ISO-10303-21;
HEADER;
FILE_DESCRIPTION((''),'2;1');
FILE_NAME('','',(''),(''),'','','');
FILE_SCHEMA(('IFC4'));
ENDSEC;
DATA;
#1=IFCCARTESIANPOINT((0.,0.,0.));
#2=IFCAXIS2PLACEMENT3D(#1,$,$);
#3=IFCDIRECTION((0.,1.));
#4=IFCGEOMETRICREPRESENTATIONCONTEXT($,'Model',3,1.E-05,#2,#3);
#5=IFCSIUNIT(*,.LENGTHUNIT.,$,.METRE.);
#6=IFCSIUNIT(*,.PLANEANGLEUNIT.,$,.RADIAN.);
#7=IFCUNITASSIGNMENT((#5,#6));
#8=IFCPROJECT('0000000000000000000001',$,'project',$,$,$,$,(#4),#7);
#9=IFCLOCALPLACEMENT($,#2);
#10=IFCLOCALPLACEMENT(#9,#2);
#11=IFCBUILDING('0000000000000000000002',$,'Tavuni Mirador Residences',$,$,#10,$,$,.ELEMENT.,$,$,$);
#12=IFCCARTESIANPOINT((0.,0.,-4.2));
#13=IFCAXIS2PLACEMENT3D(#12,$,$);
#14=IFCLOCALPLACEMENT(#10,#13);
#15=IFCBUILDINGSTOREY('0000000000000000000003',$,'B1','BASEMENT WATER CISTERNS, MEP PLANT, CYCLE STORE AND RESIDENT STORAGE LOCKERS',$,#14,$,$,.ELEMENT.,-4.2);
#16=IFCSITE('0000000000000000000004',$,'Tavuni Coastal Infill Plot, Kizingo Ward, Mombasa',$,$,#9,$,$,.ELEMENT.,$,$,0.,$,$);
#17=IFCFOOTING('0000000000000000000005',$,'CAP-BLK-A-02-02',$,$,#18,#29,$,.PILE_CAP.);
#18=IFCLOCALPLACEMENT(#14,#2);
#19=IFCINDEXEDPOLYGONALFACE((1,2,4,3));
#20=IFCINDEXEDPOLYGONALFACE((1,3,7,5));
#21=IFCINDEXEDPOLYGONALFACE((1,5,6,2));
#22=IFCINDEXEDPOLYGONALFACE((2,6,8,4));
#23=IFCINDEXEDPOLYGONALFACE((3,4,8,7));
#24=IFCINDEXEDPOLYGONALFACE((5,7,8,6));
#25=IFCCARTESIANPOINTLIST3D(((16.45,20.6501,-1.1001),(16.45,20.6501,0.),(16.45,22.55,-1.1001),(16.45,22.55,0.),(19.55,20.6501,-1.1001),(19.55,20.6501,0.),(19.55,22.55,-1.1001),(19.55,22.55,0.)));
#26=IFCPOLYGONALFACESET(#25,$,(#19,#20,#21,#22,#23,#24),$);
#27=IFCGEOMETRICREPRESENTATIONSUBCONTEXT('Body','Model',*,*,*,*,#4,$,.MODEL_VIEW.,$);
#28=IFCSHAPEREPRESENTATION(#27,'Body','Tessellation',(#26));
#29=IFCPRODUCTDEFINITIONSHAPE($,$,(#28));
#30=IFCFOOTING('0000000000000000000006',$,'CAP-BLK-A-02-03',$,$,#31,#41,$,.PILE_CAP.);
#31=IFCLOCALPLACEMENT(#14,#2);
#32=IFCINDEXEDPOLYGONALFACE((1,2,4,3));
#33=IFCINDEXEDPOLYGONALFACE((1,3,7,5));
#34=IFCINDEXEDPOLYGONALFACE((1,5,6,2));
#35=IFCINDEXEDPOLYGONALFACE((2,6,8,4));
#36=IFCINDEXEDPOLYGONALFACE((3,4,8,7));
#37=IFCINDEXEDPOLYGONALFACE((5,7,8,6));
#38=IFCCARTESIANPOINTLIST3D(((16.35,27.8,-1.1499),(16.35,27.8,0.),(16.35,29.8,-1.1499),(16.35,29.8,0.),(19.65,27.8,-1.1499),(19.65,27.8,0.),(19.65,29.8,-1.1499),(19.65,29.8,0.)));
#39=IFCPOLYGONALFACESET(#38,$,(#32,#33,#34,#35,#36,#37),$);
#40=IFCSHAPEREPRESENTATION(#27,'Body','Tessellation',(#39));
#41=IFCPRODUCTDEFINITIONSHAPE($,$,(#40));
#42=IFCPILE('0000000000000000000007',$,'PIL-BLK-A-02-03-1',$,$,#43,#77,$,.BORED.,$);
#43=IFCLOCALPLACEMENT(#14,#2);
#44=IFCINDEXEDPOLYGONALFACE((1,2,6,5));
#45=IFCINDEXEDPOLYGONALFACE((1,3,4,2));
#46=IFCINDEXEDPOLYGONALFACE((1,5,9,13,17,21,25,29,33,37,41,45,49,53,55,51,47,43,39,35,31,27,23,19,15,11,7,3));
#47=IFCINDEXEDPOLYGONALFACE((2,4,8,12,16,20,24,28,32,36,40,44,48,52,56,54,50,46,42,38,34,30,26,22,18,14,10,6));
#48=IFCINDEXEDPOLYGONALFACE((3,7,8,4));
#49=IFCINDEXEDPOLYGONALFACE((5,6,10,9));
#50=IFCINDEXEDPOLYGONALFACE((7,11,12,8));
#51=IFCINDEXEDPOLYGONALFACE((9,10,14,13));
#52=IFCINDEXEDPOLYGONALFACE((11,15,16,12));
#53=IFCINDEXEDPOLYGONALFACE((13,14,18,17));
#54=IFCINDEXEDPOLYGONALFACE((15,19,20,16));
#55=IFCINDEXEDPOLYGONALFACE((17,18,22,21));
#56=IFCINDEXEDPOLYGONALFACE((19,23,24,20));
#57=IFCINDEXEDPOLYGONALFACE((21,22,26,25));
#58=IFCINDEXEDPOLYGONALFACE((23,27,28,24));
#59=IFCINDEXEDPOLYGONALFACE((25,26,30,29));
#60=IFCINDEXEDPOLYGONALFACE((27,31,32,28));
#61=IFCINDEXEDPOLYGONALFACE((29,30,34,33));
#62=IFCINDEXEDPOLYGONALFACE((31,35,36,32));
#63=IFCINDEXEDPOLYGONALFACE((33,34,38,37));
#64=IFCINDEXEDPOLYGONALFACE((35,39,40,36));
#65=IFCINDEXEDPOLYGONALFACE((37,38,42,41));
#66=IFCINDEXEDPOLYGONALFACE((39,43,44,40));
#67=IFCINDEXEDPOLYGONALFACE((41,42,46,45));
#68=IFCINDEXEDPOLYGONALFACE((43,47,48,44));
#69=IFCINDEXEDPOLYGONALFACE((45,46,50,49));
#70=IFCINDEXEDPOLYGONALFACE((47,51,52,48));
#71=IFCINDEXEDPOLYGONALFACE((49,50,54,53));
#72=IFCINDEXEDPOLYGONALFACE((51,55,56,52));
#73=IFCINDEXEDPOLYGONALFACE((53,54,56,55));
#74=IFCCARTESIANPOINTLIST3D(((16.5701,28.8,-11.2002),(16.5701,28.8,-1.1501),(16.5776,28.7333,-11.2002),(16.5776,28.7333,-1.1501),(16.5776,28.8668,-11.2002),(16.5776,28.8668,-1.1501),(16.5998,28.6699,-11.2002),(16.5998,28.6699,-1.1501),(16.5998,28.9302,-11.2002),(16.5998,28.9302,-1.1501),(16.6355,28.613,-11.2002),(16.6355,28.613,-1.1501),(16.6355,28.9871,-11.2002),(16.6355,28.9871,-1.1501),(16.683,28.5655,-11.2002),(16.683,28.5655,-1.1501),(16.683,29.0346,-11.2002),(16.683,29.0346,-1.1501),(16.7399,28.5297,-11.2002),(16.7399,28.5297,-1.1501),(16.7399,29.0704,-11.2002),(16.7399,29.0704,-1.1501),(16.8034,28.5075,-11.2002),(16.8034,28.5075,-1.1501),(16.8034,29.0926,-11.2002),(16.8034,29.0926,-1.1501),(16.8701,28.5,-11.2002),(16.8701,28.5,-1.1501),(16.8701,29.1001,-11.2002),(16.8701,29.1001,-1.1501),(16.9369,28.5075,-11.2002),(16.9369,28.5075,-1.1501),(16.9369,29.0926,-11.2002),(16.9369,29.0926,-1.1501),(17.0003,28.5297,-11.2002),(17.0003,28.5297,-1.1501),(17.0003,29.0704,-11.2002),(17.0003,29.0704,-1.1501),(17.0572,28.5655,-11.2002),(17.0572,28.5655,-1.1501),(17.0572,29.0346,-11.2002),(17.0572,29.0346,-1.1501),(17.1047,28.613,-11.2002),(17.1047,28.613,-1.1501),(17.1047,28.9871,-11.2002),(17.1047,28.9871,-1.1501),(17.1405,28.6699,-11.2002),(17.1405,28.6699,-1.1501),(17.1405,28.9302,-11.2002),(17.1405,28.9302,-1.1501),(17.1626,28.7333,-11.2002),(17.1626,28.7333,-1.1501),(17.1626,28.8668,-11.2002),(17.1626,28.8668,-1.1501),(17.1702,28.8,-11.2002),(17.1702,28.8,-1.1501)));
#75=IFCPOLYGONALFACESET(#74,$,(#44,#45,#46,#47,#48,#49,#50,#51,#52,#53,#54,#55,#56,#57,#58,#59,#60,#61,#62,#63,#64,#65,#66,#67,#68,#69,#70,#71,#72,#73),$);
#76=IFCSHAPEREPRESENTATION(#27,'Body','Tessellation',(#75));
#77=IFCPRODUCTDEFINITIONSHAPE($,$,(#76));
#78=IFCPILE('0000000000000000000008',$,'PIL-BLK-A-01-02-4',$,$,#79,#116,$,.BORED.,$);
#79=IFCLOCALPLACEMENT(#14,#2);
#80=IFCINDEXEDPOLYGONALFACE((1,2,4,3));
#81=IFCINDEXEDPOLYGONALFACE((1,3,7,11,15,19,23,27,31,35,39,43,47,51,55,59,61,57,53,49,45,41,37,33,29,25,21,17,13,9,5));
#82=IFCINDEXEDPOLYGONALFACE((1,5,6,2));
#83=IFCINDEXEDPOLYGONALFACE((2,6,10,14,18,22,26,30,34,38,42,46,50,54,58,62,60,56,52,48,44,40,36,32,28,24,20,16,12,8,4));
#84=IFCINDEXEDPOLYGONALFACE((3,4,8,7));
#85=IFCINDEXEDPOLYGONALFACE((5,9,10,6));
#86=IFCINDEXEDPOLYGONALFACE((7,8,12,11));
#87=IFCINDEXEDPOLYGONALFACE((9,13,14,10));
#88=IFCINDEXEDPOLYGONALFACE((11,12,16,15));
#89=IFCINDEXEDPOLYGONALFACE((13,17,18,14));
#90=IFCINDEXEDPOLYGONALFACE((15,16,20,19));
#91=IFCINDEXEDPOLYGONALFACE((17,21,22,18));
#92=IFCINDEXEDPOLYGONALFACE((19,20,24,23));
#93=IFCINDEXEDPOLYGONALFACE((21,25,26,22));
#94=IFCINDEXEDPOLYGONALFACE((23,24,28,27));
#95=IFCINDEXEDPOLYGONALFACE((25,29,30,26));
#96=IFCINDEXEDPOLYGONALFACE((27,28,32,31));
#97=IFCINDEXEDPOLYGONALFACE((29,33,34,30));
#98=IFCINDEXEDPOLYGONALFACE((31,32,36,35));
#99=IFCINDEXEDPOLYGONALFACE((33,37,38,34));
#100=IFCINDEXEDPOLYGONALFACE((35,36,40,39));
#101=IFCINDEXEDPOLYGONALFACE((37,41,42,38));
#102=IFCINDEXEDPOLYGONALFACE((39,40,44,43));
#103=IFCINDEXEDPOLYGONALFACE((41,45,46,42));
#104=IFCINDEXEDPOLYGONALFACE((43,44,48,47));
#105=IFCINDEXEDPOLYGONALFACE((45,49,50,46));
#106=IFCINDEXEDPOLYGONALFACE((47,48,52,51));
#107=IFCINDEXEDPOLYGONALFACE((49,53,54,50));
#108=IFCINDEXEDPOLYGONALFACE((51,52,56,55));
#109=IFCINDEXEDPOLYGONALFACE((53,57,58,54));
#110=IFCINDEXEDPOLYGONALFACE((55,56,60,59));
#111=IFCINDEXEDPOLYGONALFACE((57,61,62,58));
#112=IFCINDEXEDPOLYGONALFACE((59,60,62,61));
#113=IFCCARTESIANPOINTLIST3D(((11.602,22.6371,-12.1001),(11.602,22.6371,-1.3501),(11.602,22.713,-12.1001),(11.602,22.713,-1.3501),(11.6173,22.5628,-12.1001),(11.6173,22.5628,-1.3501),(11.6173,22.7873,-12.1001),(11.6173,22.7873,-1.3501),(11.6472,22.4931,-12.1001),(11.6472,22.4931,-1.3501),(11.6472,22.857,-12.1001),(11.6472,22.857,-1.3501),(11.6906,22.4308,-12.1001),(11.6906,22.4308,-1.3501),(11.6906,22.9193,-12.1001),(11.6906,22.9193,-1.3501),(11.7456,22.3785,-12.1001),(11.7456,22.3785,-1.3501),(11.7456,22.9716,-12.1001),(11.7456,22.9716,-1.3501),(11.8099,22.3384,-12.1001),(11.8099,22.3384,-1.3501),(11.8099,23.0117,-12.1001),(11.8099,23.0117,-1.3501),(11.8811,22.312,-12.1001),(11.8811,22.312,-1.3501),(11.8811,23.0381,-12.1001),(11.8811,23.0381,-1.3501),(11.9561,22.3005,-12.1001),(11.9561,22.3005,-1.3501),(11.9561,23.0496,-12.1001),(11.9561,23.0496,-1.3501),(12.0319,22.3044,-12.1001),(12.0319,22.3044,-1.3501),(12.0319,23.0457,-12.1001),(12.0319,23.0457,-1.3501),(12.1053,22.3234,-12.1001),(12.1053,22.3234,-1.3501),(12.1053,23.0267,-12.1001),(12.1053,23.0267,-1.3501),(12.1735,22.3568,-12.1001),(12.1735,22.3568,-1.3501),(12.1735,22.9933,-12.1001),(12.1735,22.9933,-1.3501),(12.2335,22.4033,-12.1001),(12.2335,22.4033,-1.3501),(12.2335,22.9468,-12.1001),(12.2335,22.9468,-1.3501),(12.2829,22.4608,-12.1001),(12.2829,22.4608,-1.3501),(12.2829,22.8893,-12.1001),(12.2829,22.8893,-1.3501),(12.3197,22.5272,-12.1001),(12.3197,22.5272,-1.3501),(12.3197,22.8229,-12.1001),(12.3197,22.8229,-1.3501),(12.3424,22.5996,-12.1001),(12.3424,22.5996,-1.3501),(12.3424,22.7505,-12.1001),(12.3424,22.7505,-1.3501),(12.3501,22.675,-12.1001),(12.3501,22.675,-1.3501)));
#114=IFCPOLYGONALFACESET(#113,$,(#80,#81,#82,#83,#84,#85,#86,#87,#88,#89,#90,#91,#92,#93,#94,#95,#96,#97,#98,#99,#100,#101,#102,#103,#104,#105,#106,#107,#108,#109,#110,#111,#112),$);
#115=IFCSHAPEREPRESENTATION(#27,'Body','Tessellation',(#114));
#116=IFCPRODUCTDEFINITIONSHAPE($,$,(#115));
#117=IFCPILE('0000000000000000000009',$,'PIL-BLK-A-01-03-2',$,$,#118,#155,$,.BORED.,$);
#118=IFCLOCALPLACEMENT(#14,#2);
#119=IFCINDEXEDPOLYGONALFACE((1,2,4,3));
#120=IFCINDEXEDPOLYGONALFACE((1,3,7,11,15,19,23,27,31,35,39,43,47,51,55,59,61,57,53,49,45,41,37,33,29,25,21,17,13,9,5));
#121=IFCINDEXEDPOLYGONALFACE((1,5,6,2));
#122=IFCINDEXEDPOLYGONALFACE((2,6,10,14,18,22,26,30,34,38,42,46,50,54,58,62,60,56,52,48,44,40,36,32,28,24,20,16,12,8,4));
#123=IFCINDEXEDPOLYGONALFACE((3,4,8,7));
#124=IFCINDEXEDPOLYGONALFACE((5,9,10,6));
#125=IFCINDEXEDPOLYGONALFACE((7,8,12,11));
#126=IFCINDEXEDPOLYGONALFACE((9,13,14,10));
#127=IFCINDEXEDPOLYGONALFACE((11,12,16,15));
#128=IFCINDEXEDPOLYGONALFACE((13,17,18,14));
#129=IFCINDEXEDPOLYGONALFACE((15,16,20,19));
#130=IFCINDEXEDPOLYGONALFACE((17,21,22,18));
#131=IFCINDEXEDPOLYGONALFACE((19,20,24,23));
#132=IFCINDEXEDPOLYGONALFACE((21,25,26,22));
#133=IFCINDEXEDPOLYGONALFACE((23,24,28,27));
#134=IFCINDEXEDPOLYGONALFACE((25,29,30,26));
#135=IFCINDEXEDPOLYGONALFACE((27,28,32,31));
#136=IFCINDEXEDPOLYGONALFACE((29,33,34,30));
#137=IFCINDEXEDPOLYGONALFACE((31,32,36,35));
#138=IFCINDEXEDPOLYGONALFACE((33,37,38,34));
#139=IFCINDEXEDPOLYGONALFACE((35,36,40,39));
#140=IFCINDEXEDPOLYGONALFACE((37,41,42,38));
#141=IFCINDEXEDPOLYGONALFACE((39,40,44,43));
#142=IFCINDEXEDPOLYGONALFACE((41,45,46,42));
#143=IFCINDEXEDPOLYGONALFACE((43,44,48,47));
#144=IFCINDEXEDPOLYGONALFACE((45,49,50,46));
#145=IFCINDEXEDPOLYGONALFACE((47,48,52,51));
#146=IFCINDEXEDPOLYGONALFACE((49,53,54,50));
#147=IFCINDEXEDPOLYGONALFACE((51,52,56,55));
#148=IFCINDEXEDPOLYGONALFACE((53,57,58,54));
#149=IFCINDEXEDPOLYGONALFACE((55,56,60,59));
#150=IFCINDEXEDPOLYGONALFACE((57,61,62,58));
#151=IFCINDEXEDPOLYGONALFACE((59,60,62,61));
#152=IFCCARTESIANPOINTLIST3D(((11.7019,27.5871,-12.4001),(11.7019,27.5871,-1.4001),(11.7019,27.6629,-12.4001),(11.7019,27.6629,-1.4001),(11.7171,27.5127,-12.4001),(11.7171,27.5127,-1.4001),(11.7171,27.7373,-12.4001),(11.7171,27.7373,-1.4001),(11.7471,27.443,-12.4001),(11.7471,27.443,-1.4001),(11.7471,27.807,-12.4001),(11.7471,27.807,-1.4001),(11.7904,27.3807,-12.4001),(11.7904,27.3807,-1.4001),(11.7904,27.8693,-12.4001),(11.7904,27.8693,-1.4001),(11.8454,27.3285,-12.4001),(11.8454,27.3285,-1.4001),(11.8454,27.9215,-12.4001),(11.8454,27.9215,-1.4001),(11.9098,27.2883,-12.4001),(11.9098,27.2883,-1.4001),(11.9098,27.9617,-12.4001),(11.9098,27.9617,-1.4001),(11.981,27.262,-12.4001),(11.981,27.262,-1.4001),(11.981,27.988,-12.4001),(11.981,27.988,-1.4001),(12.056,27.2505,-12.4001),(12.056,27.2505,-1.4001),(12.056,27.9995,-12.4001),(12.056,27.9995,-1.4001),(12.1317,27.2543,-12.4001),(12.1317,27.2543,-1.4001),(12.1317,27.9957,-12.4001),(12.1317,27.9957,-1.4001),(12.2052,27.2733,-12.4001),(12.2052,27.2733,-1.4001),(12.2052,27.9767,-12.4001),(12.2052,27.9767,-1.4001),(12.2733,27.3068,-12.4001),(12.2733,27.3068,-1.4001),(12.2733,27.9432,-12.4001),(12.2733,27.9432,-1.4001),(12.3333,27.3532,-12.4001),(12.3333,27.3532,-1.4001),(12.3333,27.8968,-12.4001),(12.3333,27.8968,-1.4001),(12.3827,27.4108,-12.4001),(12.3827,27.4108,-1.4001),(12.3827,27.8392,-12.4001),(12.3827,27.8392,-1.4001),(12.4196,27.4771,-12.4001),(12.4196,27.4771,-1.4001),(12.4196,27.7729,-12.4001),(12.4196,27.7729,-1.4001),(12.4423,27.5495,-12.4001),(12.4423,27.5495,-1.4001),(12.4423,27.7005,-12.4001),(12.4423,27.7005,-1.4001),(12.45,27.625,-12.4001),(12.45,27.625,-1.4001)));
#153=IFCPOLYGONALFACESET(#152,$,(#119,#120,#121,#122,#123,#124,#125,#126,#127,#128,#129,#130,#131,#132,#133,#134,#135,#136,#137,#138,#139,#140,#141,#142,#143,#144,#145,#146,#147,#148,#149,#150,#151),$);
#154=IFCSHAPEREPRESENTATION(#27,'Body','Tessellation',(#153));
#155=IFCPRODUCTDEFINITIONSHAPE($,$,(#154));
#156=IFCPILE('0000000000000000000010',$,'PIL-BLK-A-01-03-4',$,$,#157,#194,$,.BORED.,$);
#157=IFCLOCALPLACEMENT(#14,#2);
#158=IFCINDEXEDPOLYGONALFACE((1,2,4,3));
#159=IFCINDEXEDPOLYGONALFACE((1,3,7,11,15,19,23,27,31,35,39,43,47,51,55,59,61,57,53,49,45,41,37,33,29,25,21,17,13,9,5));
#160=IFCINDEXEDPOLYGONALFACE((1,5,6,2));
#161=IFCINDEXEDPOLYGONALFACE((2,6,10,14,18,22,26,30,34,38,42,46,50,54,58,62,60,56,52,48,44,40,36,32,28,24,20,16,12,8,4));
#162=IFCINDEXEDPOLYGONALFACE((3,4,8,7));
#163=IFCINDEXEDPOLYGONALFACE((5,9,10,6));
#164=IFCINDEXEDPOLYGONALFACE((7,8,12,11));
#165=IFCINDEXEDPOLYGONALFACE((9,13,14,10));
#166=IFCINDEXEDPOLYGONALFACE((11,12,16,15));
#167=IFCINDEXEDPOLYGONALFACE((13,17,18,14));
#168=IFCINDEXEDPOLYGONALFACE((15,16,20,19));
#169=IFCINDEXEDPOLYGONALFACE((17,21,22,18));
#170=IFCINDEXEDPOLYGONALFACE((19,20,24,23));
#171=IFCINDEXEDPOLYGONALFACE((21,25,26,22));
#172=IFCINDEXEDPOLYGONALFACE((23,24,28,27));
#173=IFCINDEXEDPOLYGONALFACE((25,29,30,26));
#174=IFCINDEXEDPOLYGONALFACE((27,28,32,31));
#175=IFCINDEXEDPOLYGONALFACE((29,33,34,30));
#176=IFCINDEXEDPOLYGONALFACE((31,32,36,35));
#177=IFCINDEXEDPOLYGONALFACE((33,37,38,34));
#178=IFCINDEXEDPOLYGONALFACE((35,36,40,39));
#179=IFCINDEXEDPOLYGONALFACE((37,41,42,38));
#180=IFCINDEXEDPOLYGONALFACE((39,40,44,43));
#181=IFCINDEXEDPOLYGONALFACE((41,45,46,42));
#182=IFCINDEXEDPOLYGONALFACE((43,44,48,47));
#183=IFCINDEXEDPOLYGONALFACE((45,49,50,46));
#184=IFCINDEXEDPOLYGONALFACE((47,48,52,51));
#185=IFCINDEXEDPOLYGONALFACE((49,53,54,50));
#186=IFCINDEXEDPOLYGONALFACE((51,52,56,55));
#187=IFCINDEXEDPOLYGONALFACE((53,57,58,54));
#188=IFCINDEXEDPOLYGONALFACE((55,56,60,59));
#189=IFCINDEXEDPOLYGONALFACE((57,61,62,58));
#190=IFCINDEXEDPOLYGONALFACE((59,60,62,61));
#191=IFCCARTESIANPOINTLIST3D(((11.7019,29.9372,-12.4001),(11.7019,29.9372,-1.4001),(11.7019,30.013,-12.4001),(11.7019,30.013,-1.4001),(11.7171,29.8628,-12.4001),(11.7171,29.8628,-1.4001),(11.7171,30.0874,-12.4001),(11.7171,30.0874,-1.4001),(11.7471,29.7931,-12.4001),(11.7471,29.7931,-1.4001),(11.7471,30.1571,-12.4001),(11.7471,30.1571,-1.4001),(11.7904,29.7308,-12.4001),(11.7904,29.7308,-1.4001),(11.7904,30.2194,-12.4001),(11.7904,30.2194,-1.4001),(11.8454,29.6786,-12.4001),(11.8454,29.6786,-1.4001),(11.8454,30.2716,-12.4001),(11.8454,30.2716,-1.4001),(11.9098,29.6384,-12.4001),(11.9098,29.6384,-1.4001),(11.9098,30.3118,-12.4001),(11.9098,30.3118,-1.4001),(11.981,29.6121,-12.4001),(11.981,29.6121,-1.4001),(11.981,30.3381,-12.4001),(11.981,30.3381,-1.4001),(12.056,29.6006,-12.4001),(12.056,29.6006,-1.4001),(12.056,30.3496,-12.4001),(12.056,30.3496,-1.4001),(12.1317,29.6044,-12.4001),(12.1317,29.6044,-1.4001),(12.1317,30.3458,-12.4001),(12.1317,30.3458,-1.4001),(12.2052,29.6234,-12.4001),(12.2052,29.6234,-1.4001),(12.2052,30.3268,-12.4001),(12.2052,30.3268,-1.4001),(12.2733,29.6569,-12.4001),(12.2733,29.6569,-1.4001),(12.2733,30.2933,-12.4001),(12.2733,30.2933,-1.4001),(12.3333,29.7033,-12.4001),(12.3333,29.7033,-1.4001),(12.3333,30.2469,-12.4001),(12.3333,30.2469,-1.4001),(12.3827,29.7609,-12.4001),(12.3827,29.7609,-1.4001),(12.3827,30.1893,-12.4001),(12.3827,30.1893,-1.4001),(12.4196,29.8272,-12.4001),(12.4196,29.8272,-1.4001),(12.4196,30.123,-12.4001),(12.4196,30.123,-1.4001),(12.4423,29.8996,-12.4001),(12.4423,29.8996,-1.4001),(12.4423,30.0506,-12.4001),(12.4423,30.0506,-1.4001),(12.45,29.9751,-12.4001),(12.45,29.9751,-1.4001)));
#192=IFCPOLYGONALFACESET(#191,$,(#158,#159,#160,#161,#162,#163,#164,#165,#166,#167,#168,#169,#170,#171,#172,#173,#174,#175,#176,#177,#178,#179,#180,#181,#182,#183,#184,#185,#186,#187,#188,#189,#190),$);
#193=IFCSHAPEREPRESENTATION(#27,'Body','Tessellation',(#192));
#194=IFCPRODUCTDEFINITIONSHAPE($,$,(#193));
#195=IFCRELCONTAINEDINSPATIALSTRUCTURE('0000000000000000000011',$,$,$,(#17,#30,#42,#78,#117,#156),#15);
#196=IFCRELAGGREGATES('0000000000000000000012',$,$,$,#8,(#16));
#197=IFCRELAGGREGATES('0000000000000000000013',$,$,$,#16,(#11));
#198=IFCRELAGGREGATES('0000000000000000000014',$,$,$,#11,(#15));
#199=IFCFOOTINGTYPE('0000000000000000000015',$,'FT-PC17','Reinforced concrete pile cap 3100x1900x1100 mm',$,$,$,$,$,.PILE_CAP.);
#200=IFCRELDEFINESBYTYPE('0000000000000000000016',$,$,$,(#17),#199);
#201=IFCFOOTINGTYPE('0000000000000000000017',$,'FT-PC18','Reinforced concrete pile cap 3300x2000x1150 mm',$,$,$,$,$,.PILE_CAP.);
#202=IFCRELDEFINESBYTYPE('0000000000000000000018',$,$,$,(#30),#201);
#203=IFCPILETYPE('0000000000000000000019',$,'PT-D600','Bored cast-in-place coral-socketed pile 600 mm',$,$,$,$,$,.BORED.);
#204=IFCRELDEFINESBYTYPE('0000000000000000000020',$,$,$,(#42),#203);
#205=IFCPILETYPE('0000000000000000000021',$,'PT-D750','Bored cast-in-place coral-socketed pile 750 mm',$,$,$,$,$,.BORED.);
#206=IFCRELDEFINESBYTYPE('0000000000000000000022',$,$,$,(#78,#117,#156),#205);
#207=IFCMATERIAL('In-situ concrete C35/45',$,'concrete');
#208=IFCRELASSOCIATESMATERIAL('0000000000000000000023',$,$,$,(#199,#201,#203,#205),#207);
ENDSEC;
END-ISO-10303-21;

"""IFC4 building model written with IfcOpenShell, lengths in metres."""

from ifc_helpers import new_model, si_unit, direction, frame, origin, origin_2d, place, context, subcontext, project, spatial, rectangle, circle, extrude, material, material_profile, profile_set, type_object, element, save


model = new_model("IFC4")

# Units and contexts
model_context = context("Model", 3, precision=1e-05, world=origin(), true_north=direction((0.0, 1.0)))
body_context = subcontext(model_context, "Body", "Model", "MODEL_VIEW")
ifc_project = project(units=[si_unit("LENGTHUNIT", "METRE"), si_unit("PLANEANGLEUNIT", "RADIAN")], contexts=[model_context])

# Site, building, storey
site_placement = place(None, origin())
site = spatial("IfcSite", under=ifc_project, at=site_placement, Name="Tavuni Coastal Infill Plot, Kizingo Ward, Mombasa", CompositionType="ELEMENT", RefElevation=0.0)
building_placement = place(site_placement, origin())
building = spatial("IfcBuilding", under=site, at=building_placement, Name="Tavuni Mirador Residences", CompositionType="ELEMENT")
storey_placement = place(building_placement, frame((0.0, 0.0, -4.2)))
storey = spatial("IfcBuildingStorey", under=building, at=storey_placement, Name="B1", Description="BASEMENT WATER CISTERNS, MEP PLANT, CYCLE STORE AND RESIDENT STORAGE LOCKERS", CompositionType="ELEMENT", Elevation=-4.2)

# Footings
ifc_material_1 = material(Name="In-situ concrete C35/45", Category="concrete")
footing_type_1 = type_object("IfcFootingType", Name="FT-PC17", Description="Reinforced concrete pile cap 3100x1900x1100 mm", PredefinedType="PILE_CAP", material=ifc_material_1)
footing_1_placement = place(storey_placement, frame((18.0, 21.6001, -1.1001), z_axis=(0.0, 0.0, 1.0), x_axis=(1.0, 0.0, 0.0)))
element("IfcFooting", 1, at=footing_1_placement, inside=storey, type_object=footing_type_1, Name="CAP-BLK-A-02-02", PredefinedType="PILE_CAP", context=body_context, shape_type="SweptSolid", body=[
    extrude(rectangle(XDim=3.1001, YDim=1.8999, at=origin_2d()), origin(), (0.0, 0.0, 1.0), 1.1001),
])
footing_type_2 = type_object("IfcFootingType", Name="FT-PC18", Description="Reinforced concrete pile cap 3300x2000x1150 mm", PredefinedType="PILE_CAP", material=ifc_material_1)
footing_2_placement = place(storey_placement, frame((18.0, 28.8, -1.1499), z_axis=(0.0, 0.0, 1.0), x_axis=(1.0, 0.0, 0.0)))
element("IfcFooting", 2, at=footing_2_placement, inside=storey, type_object=footing_type_2, Name="CAP-BLK-A-02-03", PredefinedType="PILE_CAP", context=body_context, shape_type="SweptSolid", body=[
    extrude(rectangle(XDim=3.3, YDim=2.0, at=origin_2d()), origin(), (0.0, 0.0, 1.0), 1.1499),
])

# Piles
ifc_material_profile_1 = material_profile(ifc_material_1, circle(Radius=0.3, at=origin_2d()), Name="PILE D600", Category="concrete")
ifc_profile_set_1 = profile_set([ifc_material_profile_1], Name="In-situ concrete C35/45")
pile_type_1 = type_object("IfcPileType", Name="PT-D600", Description="Bored cast-in-place coral-socketed pile 600 mm", PredefinedType="BORED", material=ifc_profile_set_1)
pile_1_placement = place(storey_placement, frame((16.8701, 28.8, -1.1501), z_axis=(0.0, 0.0, -1.0), x_axis=(1.0, 0.0, 0.0)))
element("IfcPile", 3, at=pile_1_placement, inside=storey, type_object=pile_type_1, Name="PIL-BLK-A-02-03-1", PredefinedType="BORED", context=body_context, shape_type="SweptSolid", body=[
    extrude(circle(Radius=0.3, at=origin_2d()), origin(), (0.0, 0.0, 1.0), 10.05),
])
ifc_material_profile_2 = material_profile(ifc_material_1, circle(Radius=0.375, at=origin_2d()), Name="PILE D750", Category="concrete")
ifc_profile_set_2 = profile_set([ifc_material_profile_2], Name="In-situ concrete C35/45")
pile_type_2 = type_object("IfcPileType", Name="PT-D750", Description="Bored cast-in-place coral-socketed pile 750 mm", PredefinedType="BORED", material=ifc_profile_set_2)
pile_2_placement = place(storey_placement, frame((11.9751, 22.675, -1.3501), z_axis=(0.0, 0.0, -1.0), x_axis=(1.0, 0.0, 0.0)))
element("IfcPile", 4, at=pile_2_placement, inside=storey, type_object=pile_type_2, Name="PIL-BLK-A-01-02-4", PredefinedType="BORED", context=body_context, shape_type="SweptSolid", body=[
    extrude(circle(Radius=0.375, at=origin_2d()), origin(), (0.0, 0.0, 1.0), 10.75),
])
for number, where, z_axis, x_axis, name in (
    (5, (12.075, 27.625, -1.4001), (0.0, 0.0, -1.0), (1.0, 0.0, 0.0), "PIL-BLK-A-01-03-2"),
    (6, (12.075, 29.9751, -1.4001), (0.0, 0.0, -1.0), (1.0, 0.0, 0.0), "PIL-BLK-A-01-03-4"),
):
    element("IfcPile", number, at=place(storey_placement, frame(where, z_axis=z_axis, x_axis=x_axis)), inside=storey, type_object=pile_type_2, Name=name, PredefinedType="BORED", context=body_context, shape_type="SweptSolid", body=[
        extrude(circle(Radius=0.375, at=origin_2d()), origin(), (0.0, 0.0, 1.0), 11.0),
    ])

save(model, "model.ifc")
